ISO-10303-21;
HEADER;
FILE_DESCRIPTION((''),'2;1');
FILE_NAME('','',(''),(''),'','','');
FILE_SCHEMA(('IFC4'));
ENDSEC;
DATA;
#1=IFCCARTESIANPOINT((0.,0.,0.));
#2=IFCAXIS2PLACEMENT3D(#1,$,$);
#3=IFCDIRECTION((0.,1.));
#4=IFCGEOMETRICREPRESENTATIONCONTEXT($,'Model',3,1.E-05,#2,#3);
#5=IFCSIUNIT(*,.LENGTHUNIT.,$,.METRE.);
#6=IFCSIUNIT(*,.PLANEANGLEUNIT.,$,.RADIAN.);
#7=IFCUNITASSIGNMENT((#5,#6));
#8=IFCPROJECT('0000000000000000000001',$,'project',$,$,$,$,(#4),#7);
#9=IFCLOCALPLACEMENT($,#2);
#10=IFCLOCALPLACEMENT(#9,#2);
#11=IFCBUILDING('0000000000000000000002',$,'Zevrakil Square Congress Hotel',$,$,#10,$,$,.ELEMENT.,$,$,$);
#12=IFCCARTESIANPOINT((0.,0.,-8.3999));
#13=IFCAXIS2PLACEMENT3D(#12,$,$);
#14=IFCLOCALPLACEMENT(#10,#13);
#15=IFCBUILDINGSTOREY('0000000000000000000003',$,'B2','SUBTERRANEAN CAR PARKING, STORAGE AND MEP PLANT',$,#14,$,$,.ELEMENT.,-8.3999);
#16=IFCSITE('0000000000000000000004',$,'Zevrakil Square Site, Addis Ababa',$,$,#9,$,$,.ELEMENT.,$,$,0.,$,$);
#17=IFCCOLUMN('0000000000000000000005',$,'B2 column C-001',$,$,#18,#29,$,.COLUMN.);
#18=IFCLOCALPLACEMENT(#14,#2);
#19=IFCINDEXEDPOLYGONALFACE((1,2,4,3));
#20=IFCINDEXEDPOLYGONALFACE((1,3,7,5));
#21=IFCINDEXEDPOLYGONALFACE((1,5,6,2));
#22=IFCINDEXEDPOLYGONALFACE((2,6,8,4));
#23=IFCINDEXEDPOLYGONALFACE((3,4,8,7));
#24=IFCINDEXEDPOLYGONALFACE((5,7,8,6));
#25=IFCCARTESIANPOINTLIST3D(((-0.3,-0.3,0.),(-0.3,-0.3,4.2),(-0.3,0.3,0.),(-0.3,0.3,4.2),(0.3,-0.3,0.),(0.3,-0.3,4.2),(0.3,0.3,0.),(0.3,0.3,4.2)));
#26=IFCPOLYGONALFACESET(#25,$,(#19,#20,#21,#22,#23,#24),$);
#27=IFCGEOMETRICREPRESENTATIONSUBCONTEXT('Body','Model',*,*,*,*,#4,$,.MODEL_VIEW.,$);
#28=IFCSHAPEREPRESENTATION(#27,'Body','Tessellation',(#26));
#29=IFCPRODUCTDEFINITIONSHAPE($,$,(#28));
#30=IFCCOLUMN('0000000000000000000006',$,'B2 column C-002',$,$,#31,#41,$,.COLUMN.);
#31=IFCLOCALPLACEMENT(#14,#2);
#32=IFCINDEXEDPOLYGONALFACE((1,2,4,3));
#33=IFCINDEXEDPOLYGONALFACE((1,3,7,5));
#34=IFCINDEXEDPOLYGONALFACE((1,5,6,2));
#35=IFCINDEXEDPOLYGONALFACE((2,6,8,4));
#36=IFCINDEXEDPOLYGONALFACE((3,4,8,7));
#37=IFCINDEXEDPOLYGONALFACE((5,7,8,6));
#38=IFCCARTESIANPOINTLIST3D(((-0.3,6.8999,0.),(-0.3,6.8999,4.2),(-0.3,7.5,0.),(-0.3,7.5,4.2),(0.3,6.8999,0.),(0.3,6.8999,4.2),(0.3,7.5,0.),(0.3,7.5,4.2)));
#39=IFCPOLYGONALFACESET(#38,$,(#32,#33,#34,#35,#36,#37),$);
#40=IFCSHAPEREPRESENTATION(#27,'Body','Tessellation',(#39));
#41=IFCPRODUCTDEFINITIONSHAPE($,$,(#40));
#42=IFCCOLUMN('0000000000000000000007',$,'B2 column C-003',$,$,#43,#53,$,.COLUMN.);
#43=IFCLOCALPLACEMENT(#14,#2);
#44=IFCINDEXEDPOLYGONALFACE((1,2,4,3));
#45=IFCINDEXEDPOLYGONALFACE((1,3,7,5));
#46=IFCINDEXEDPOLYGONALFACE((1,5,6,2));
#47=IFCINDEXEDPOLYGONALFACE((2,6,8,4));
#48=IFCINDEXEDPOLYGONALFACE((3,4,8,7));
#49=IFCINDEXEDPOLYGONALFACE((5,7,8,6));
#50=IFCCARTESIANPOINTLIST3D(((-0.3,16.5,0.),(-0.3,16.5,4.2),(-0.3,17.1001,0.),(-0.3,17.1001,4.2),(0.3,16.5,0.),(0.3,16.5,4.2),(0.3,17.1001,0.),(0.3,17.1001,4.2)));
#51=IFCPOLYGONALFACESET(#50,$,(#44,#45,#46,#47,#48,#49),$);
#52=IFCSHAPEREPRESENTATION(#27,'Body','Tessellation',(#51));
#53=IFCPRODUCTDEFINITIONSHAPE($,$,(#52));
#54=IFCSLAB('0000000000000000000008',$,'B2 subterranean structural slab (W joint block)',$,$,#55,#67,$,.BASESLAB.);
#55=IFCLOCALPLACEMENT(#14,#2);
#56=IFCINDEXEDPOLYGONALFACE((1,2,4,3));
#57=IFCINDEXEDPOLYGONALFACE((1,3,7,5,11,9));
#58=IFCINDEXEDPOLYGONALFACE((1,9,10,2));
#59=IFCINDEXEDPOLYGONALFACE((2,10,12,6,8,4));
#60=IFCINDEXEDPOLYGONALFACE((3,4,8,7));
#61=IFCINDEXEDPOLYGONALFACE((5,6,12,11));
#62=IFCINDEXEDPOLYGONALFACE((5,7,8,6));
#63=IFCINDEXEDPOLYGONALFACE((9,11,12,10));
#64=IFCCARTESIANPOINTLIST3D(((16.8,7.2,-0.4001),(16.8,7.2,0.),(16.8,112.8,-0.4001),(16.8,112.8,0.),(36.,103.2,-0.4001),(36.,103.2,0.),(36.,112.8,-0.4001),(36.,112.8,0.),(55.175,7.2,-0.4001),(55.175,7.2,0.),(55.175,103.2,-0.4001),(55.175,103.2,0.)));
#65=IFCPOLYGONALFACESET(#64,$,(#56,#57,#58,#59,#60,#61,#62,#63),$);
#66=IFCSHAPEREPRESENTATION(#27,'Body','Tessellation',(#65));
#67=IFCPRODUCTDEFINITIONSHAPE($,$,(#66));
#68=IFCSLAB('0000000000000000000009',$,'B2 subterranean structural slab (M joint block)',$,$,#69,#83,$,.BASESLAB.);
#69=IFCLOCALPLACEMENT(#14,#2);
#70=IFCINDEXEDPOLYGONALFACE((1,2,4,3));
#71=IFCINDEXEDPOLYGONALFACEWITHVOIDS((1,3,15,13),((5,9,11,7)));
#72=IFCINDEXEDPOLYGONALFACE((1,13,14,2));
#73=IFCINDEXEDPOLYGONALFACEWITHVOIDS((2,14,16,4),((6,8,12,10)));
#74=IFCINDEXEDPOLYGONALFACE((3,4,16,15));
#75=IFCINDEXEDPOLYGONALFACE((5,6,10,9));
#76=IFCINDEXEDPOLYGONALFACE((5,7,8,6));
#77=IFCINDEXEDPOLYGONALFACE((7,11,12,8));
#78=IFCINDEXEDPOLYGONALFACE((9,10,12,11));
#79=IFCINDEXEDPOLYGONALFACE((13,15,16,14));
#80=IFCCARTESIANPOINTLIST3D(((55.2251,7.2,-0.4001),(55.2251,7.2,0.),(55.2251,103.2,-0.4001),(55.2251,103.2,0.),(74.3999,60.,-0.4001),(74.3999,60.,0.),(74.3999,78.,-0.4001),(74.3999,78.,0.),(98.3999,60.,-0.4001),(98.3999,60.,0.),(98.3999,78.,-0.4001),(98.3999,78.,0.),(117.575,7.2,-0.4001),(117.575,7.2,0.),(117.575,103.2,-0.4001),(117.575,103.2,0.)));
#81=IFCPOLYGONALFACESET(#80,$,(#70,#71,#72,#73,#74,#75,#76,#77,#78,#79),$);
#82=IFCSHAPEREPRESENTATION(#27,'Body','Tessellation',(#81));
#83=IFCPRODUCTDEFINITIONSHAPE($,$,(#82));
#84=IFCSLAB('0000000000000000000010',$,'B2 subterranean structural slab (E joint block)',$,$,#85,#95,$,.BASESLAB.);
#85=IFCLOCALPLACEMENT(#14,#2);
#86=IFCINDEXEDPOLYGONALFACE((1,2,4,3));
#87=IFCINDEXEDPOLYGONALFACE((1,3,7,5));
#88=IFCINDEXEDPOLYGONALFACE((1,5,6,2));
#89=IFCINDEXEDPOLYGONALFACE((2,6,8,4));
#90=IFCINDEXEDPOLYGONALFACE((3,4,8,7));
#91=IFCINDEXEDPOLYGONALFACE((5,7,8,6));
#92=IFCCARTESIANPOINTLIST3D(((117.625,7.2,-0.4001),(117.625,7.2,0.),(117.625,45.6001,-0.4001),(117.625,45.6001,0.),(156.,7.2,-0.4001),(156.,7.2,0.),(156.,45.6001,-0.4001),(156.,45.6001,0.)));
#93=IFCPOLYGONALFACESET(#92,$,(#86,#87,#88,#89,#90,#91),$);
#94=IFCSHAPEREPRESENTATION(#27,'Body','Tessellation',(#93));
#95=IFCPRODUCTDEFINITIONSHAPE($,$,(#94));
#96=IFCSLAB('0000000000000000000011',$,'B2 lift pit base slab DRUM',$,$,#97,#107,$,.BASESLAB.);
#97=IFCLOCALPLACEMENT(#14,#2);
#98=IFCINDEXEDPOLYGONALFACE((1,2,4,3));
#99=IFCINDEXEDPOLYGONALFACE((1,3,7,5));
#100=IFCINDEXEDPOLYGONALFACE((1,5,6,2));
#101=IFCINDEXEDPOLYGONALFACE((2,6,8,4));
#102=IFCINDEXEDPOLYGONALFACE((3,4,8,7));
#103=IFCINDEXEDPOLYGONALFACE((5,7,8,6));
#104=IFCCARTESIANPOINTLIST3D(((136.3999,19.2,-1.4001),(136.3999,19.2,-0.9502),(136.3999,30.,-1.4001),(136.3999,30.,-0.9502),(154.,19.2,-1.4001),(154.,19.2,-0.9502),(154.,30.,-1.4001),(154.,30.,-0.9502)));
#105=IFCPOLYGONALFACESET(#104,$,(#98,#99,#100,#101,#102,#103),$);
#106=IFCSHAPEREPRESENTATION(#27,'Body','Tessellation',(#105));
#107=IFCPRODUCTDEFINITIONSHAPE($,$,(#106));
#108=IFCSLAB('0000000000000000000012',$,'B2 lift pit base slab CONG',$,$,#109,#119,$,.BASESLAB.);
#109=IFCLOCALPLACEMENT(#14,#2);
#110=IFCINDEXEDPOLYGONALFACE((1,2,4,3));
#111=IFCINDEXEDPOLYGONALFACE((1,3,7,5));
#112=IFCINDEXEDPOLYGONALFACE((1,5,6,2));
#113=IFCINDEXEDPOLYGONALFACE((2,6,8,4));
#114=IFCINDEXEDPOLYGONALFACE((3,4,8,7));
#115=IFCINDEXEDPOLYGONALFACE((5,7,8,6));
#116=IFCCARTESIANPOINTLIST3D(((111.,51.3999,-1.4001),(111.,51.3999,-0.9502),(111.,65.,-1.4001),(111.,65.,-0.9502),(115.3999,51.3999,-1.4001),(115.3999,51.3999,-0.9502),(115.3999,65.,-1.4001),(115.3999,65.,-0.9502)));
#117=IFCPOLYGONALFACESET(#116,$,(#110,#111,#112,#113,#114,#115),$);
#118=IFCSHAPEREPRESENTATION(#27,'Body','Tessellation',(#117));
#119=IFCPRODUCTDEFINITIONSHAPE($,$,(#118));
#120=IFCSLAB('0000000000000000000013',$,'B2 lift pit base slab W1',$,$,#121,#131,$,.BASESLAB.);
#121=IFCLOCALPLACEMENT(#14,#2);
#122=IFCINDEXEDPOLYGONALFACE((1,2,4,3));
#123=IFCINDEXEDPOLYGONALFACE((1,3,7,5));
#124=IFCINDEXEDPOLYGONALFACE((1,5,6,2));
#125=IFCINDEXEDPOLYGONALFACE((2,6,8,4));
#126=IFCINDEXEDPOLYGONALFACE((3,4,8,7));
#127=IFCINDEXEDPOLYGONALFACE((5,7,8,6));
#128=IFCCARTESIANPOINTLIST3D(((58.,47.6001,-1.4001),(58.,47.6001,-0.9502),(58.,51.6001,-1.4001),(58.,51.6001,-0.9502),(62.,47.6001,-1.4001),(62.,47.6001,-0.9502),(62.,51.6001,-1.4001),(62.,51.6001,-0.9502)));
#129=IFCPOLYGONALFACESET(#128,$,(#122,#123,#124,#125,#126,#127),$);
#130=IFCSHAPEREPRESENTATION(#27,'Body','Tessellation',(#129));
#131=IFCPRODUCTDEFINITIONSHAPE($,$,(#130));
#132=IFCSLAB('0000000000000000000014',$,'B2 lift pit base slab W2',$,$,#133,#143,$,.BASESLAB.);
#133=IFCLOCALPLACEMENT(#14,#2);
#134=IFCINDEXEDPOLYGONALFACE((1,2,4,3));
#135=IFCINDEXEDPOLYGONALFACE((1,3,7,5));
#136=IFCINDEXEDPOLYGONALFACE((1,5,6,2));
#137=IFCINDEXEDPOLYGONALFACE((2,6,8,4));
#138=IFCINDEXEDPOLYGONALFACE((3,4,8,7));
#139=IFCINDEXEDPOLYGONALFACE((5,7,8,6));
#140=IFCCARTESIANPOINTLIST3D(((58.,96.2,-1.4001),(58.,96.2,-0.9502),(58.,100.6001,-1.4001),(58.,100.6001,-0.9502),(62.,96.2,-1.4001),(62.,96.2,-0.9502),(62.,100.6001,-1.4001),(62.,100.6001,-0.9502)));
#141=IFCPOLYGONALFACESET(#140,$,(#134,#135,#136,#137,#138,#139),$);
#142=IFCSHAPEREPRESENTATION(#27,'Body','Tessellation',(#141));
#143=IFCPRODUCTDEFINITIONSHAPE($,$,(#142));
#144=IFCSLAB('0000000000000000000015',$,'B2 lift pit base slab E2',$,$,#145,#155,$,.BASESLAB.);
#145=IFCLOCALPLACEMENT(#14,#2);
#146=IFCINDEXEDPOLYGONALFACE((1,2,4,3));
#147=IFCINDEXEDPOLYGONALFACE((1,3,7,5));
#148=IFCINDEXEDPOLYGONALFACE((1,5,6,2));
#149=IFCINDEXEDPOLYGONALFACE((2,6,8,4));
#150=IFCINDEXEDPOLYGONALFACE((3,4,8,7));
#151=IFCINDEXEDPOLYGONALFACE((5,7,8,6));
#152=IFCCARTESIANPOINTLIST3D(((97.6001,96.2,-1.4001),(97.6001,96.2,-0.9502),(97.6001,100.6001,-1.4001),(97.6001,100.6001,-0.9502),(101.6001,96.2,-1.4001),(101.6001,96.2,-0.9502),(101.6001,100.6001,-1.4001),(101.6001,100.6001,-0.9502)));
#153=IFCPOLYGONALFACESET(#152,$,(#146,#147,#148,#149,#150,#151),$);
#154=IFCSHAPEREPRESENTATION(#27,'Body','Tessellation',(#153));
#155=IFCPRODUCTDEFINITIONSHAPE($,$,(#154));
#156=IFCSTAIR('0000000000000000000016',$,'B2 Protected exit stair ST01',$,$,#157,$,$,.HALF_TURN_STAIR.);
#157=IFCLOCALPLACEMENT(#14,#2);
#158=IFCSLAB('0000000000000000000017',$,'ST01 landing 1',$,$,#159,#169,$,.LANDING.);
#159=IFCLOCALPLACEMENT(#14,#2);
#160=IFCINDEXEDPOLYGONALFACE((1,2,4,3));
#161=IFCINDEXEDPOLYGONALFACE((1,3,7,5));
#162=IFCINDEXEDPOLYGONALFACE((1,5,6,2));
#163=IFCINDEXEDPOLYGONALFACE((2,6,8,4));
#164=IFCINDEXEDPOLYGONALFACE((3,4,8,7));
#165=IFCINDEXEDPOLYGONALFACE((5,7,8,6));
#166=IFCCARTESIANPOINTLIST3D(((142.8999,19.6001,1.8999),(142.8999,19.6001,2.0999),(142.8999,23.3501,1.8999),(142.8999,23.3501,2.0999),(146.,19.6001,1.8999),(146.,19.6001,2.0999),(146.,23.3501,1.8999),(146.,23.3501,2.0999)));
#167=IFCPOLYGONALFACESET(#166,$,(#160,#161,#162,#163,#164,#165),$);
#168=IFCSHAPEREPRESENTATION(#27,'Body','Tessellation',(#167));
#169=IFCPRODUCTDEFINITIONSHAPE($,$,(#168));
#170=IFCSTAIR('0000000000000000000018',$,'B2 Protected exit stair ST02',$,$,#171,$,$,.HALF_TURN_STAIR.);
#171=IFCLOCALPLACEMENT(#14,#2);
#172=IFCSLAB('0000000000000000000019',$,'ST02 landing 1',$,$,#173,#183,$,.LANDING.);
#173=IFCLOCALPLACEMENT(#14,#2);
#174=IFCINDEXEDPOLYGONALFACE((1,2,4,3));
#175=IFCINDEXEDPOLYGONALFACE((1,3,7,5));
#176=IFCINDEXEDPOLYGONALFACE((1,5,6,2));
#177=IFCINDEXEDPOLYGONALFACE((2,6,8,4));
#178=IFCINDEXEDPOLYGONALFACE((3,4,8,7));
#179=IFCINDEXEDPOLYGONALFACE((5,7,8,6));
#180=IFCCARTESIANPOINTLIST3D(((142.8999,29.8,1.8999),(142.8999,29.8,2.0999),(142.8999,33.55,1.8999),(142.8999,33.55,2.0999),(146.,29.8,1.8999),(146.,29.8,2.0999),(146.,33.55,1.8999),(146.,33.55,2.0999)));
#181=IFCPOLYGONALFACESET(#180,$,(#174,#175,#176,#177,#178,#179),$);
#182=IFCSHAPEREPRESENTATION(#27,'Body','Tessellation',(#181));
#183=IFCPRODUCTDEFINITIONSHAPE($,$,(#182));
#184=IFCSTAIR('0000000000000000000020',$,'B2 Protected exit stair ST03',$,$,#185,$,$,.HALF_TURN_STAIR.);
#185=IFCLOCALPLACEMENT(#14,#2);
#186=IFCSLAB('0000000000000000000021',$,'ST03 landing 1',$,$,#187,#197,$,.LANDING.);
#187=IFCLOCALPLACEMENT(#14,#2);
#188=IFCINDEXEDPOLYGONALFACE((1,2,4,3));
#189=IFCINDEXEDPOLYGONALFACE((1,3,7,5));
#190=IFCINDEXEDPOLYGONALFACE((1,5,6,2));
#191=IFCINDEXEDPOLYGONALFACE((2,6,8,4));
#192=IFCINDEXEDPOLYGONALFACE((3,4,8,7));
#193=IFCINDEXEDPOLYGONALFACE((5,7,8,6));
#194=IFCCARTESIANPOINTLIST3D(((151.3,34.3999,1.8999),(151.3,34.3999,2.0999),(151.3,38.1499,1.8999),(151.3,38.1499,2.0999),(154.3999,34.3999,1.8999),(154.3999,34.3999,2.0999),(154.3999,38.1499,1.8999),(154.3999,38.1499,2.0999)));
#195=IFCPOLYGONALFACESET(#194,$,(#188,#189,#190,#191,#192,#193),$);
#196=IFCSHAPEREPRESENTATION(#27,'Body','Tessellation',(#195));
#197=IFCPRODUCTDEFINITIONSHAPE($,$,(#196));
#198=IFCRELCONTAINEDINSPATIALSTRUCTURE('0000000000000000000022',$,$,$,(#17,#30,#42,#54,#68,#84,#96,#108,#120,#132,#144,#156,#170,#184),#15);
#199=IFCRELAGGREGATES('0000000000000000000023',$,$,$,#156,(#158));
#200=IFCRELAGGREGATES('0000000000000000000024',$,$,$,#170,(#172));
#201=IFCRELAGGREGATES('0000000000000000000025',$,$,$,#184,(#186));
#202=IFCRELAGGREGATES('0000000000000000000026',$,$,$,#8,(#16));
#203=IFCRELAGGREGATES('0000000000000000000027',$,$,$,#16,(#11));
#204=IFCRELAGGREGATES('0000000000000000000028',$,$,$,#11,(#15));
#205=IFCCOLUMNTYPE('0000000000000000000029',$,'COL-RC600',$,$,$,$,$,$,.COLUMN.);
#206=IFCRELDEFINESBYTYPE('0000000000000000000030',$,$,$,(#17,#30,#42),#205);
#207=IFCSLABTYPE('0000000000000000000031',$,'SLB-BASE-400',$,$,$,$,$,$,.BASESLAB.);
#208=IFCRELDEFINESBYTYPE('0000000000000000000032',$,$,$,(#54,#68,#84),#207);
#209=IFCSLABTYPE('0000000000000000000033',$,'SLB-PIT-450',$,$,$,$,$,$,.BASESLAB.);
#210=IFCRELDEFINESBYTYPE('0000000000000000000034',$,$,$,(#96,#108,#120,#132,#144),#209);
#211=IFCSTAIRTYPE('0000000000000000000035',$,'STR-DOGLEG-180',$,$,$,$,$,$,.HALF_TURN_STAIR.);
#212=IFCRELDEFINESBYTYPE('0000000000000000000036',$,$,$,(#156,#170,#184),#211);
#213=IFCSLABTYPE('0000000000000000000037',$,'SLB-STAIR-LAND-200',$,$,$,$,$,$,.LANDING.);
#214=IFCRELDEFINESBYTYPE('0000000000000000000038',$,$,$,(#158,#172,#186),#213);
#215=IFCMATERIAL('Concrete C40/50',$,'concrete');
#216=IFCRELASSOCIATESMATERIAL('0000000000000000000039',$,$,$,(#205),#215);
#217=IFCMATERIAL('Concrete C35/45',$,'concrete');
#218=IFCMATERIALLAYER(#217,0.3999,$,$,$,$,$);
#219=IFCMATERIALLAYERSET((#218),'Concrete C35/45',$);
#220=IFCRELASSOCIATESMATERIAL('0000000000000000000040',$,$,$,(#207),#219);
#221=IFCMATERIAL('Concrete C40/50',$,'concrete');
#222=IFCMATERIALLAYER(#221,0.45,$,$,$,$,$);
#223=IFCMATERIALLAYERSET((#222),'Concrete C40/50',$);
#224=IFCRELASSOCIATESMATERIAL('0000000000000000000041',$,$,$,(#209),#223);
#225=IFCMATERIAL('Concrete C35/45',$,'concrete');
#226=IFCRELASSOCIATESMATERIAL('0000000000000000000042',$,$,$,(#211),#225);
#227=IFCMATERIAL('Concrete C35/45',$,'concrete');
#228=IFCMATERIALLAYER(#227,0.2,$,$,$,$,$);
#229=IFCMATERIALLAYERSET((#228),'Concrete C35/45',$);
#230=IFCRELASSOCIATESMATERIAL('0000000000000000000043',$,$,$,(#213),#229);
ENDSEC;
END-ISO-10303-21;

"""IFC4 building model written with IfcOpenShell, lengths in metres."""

from ifc_helpers import new_model, si_unit, direction, frame, origin, origin_2d, place, context, subcontext, project, spatial, polyline, rectangle, outline, extrude, material, layer, layer_set, material_profile, profile_set, type_object, element, aggregate, save


model = new_model("IFC4")

# Units and contexts
model_context = context("Model", 3, precision=1e-05, world=origin(), true_north=direction((0.0, 1.0)))
body_context = subcontext(model_context, "Body", "Model", "MODEL_VIEW")
ifc_project = project(units=[si_unit("LENGTHUNIT", "METRE"), si_unit("PLANEANGLEUNIT", "RADIAN")], contexts=[model_context])

# Site, building, storey
site_placement = place(None, origin())
site = spatial("IfcSite", under=ifc_project, at=site_placement, Name="Zevrakil Square Site, Addis Ababa", CompositionType="ELEMENT", RefElevation=0.0)
building_placement = place(site_placement, origin())
building = spatial("IfcBuilding", under=site, at=building_placement, Name="Zevrakil Square Congress Hotel", CompositionType="ELEMENT")
storey_placement = place(building_placement, frame((0.0, 0.0, -8.3999)))
storey = spatial("IfcBuildingStorey", under=building, at=storey_placement, Name="B2", Description="SUBTERRANEAN CAR PARKING, STORAGE AND MEP PLANT", CompositionType="ELEMENT", Elevation=-8.3999)

# Columns
ifc_material_1 = material(Name="Concrete C40/50", Category="concrete")
ifc_material_profile_1 = material_profile(ifc_material_1, rectangle(XDim=0.6001, YDim=0.6001, at=origin_2d()), Name="RC 600x600")
ifc_profile_set_1 = profile_set([ifc_material_profile_1], Name="Concrete C40/50")
column_type = type_object("IfcColumnType", Name="COL-RC600", PredefinedType="COLUMN", material=ifc_profile_set_1)
for number, where, z_axis, x_axis, name in (
    (1, (0.0, 0.0, 0.0), (0.0, 0.0, 1.0), (1.0, 0.0, 0.0), "B2 column C-001"),
    (2, (0.0, 7.2, 0.0), (0.0, 0.0, 1.0), (1.0, 0.0, 0.0), "B2 column C-002"),
    (3, (0.0, 16.8, 0.0), (0.0, 0.0, 1.0), (1.0, 0.0, 0.0), "B2 column C-003"),
):
    element("IfcColumn", number, at=place(storey_placement, frame(where, z_axis=z_axis, x_axis=x_axis)), inside=storey, type_object=column_type, Name=name, PredefinedType="COLUMN", context=body_context, shape_type="SweptSolid", body=[
        extrude(rectangle(XDim=0.6001, YDim=0.6001, at=origin_2d()), origin(), (0.0, 0.0, 1.0), 4.2),
    ])

# Slabs
ifc_material_2 = material(Name="Concrete C35/45", Category="concrete")
ifc_layer_1 = layer(ifc_material_2, 0.3999)
ifc_layer_set_1 = layer_set([ifc_layer_1], Name="Concrete C35/45")
slab_type_1 = type_object("IfcSlabType", Name="SLB-BASE-400", PredefinedType="BASESLAB", material=ifc_layer_set_1)
slab_1_placement = place(storey_placement, frame((0.0, 0.0, -0.4001)))
element("IfcSlab", 4, at=slab_1_placement, inside=storey, type_object=slab_type_1, Name="B2 subterranean structural slab (W joint block)", PredefinedType="BASESLAB", context=body_context, shape_type="SweptSolid", body=[
    extrude(outline(polyline([(16.8, 7.2), (16.8, 112.8), (36.0, 112.8), (36.0, 103.2), (55.175, 103.2), (55.175, 7.2), (16.8, 7.2)])), origin(), (0.0, 0.0, 1.0), 0.4001),
])
slab_2_placement = place(storey_placement, frame((0.0, 0.0, -0.4001)))
element("IfcSlab", 5, at=slab_2_placement, inside=storey, type_object=slab_type_1, Name="B2 subterranean structural slab (M joint block)", PredefinedType="BASESLAB", context=body_context, shape_type="SweptSolid", body=[
    extrude(outline(polyline([(55.2251, 7.2), (55.2251, 103.2), (117.575, 103.2), (117.575, 7.2), (55.2251, 7.2)]), holes=[polyline([(74.3999, 60.0), (98.3999, 60.0), (98.3999, 78.0), (74.3999, 78.0), (74.3999, 60.0)])]), origin(), (0.0, 0.0, 1.0), 0.4001),
])
slab_3_placement = place(storey_placement, frame((0.0, 0.0, -0.4001)))
element("IfcSlab", 6, at=slab_3_placement, inside=storey, type_object=slab_type_1, Name="B2 subterranean structural slab (E joint block)", PredefinedType="BASESLAB", context=body_context, shape_type="SweptSolid", body=[
    extrude(outline(polyline([(156.0, 45.6001), (156.0, 7.2), (117.625, 7.2), (117.625, 45.6001), (156.0, 45.6001)])), origin(), (0.0, 0.0, 1.0), 0.4001),
])
ifc_material_3 = material(Name="Concrete C40/50", Category="concrete")
ifc_layer_2 = layer(ifc_material_3, 0.45)
ifc_layer_set_2 = layer_set([ifc_layer_2], Name="Concrete C40/50")
slab_type_2 = type_object("IfcSlabType", Name="SLB-PIT-450", PredefinedType="BASESLAB", material=ifc_layer_set_2)
slab_4_placement = place(storey_placement, frame((0.0, 0.0, -1.4001)))
element("IfcSlab", 7, at=slab_4_placement, inside=storey, type_object=slab_type_2, Name="B2 lift pit base slab DRUM", PredefinedType="BASESLAB", context=body_context, shape_type="SweptSolid", body=[
    extrude(outline(polyline([(136.3999, 19.2), (154.0, 19.2), (154.0, 30.0), (136.3999, 30.0), (136.3999, 19.2)])), origin(), (0.0, 0.0, 1.0), 0.45),
])
slab_5_placement = place(storey_placement, frame((0.0, 0.0, -1.4001)))
element("IfcSlab", 8, at=slab_5_placement, inside=storey, type_object=slab_type_2, Name="B2 lift pit base slab CONG", PredefinedType="BASESLAB", context=body_context, shape_type="SweptSolid", body=[
    extrude(outline(polyline([(111.0, 51.3999), (115.3999, 51.3999), (115.3999, 65.0), (111.0, 65.0), (111.0, 51.3999)])), origin(), (0.0, 0.0, 1.0), 0.45),
])
slab_6_placement = place(storey_placement, frame((0.0, 0.0, -1.4001)))
element("IfcSlab", 9, at=slab_6_placement, inside=storey, type_object=slab_type_2, Name="B2 lift pit base slab W1", PredefinedType="BASESLAB", context=body_context, shape_type="SweptSolid", body=[
    extrude(outline(polyline([(58.0, 47.6001), (62.0, 47.6001), (62.0, 51.6001), (58.0, 51.6001), (58.0, 47.6001)])), origin(), (0.0, 0.0, 1.0), 0.45),
])
slab_7_placement = place(storey_placement, frame((0.0, 0.0, -1.4001)))
element("IfcSlab", 10, at=slab_7_placement, inside=storey, type_object=slab_type_2, Name="B2 lift pit base slab W2", PredefinedType="BASESLAB", context=body_context, shape_type="SweptSolid", body=[
    extrude(outline(polyline([(58.0, 96.2), (62.0, 96.2), (62.0, 100.6001), (58.0, 100.6001), (58.0, 96.2)])), origin(), (0.0, 0.0, 1.0), 0.45),
])
slab_8_placement = place(storey_placement, frame((0.0, 0.0, -1.4001)))
element("IfcSlab", 11, at=slab_8_placement, inside=storey, type_object=slab_type_2, Name="B2 lift pit base slab E2", PredefinedType="BASESLAB", context=body_context, shape_type="SweptSolid", body=[
    extrude(outline(polyline([(97.6001, 96.2), (101.6001, 96.2), (101.6001, 100.6001), (97.6001, 100.6001), (97.6001, 96.2)])), origin(), (0.0, 0.0, 1.0), 0.45),
])

# Stairs, slabs
ifc_material_4 = material(Name="Concrete C35/45", Category="concrete")
stair_type = type_object("IfcStairType", Name="STR-DOGLEG-180", PredefinedType="HALF_TURN_STAIR", material=ifc_material_4)
stair_1_placement = place(storey_placement, origin())
stair_1 = element("IfcStair", 12, at=stair_1_placement, inside=storey, type_object=stair_type, Name="B2 Protected exit stair ST01", PredefinedType="HALF_TURN_STAIR")
ifc_material_5 = material(Name="Concrete C35/45", Category="concrete")
ifc_layer_3 = layer(ifc_material_5, 0.2)
ifc_layer_set_3 = layer_set([ifc_layer_3], Name="Concrete C35/45")
slab_type_3 = type_object("IfcSlabType", Name="SLB-STAIR-LAND-200", PredefinedType="LANDING", material=ifc_layer_set_3)
slab_9_placement = place(storey_placement, frame((0.0, 0.0, 1.8999)))
slab_9 = element("IfcSlab", 13, at=slab_9_placement, type_object=slab_type_3, Name="ST01 landing 1", PredefinedType="LANDING", context=body_context, shape_type="SweptSolid", body=[
    extrude(outline(polyline([(142.8999, 19.6001), (146.0, 19.6001), (146.0, 23.3501), (142.8999, 23.3501), (142.8999, 19.6001)])), origin(), (0.0, 0.0, 1.0), 0.2),
])
aggregate(stair_1, [slab_9])
stair_2_placement = place(storey_placement, origin())
stair_2 = element("IfcStair", 14, at=stair_2_placement, inside=storey, type_object=stair_type, Name="B2 Protected exit stair ST02", PredefinedType="HALF_TURN_STAIR")
slab_10_placement = place(storey_placement, frame((0.0, 0.0, 1.8999)))
slab_10 = element("IfcSlab", 15, at=slab_10_placement, type_object=slab_type_3, Name="ST02 landing 1", PredefinedType="LANDING", context=body_context, shape_type="SweptSolid", body=[
    extrude(outline(polyline([(142.8999, 29.8), (146.0, 29.8), (146.0, 33.55), (142.8999, 33.55), (142.8999, 29.8)])), origin(), (0.0, 0.0, 1.0), 0.2),
])
aggregate(stair_2, [slab_10])
stair_3_placement = place(storey_placement, origin())
stair_3 = element("IfcStair", 16, at=stair_3_placement, inside=storey, type_object=stair_type, Name="B2 Protected exit stair ST03", PredefinedType="HALF_TURN_STAIR")
slab_11_placement = place(storey_placement, frame((0.0, 0.0, 1.8999)))
slab_11 = element("IfcSlab", 17, at=slab_11_placement, type_object=slab_type_3, Name="ST03 landing 1", PredefinedType="LANDING", context=body_context, shape_type="SweptSolid", body=[
    extrude(outline(polyline([(151.3, 34.3999), (154.3999, 34.3999), (154.3999, 38.1499), (151.3, 38.1499), (151.3, 34.3999)])), origin(), (0.0, 0.0, 1.0), 0.2),
])
aggregate(stair_3, [slab_11])

save(model, "model.ifc")
